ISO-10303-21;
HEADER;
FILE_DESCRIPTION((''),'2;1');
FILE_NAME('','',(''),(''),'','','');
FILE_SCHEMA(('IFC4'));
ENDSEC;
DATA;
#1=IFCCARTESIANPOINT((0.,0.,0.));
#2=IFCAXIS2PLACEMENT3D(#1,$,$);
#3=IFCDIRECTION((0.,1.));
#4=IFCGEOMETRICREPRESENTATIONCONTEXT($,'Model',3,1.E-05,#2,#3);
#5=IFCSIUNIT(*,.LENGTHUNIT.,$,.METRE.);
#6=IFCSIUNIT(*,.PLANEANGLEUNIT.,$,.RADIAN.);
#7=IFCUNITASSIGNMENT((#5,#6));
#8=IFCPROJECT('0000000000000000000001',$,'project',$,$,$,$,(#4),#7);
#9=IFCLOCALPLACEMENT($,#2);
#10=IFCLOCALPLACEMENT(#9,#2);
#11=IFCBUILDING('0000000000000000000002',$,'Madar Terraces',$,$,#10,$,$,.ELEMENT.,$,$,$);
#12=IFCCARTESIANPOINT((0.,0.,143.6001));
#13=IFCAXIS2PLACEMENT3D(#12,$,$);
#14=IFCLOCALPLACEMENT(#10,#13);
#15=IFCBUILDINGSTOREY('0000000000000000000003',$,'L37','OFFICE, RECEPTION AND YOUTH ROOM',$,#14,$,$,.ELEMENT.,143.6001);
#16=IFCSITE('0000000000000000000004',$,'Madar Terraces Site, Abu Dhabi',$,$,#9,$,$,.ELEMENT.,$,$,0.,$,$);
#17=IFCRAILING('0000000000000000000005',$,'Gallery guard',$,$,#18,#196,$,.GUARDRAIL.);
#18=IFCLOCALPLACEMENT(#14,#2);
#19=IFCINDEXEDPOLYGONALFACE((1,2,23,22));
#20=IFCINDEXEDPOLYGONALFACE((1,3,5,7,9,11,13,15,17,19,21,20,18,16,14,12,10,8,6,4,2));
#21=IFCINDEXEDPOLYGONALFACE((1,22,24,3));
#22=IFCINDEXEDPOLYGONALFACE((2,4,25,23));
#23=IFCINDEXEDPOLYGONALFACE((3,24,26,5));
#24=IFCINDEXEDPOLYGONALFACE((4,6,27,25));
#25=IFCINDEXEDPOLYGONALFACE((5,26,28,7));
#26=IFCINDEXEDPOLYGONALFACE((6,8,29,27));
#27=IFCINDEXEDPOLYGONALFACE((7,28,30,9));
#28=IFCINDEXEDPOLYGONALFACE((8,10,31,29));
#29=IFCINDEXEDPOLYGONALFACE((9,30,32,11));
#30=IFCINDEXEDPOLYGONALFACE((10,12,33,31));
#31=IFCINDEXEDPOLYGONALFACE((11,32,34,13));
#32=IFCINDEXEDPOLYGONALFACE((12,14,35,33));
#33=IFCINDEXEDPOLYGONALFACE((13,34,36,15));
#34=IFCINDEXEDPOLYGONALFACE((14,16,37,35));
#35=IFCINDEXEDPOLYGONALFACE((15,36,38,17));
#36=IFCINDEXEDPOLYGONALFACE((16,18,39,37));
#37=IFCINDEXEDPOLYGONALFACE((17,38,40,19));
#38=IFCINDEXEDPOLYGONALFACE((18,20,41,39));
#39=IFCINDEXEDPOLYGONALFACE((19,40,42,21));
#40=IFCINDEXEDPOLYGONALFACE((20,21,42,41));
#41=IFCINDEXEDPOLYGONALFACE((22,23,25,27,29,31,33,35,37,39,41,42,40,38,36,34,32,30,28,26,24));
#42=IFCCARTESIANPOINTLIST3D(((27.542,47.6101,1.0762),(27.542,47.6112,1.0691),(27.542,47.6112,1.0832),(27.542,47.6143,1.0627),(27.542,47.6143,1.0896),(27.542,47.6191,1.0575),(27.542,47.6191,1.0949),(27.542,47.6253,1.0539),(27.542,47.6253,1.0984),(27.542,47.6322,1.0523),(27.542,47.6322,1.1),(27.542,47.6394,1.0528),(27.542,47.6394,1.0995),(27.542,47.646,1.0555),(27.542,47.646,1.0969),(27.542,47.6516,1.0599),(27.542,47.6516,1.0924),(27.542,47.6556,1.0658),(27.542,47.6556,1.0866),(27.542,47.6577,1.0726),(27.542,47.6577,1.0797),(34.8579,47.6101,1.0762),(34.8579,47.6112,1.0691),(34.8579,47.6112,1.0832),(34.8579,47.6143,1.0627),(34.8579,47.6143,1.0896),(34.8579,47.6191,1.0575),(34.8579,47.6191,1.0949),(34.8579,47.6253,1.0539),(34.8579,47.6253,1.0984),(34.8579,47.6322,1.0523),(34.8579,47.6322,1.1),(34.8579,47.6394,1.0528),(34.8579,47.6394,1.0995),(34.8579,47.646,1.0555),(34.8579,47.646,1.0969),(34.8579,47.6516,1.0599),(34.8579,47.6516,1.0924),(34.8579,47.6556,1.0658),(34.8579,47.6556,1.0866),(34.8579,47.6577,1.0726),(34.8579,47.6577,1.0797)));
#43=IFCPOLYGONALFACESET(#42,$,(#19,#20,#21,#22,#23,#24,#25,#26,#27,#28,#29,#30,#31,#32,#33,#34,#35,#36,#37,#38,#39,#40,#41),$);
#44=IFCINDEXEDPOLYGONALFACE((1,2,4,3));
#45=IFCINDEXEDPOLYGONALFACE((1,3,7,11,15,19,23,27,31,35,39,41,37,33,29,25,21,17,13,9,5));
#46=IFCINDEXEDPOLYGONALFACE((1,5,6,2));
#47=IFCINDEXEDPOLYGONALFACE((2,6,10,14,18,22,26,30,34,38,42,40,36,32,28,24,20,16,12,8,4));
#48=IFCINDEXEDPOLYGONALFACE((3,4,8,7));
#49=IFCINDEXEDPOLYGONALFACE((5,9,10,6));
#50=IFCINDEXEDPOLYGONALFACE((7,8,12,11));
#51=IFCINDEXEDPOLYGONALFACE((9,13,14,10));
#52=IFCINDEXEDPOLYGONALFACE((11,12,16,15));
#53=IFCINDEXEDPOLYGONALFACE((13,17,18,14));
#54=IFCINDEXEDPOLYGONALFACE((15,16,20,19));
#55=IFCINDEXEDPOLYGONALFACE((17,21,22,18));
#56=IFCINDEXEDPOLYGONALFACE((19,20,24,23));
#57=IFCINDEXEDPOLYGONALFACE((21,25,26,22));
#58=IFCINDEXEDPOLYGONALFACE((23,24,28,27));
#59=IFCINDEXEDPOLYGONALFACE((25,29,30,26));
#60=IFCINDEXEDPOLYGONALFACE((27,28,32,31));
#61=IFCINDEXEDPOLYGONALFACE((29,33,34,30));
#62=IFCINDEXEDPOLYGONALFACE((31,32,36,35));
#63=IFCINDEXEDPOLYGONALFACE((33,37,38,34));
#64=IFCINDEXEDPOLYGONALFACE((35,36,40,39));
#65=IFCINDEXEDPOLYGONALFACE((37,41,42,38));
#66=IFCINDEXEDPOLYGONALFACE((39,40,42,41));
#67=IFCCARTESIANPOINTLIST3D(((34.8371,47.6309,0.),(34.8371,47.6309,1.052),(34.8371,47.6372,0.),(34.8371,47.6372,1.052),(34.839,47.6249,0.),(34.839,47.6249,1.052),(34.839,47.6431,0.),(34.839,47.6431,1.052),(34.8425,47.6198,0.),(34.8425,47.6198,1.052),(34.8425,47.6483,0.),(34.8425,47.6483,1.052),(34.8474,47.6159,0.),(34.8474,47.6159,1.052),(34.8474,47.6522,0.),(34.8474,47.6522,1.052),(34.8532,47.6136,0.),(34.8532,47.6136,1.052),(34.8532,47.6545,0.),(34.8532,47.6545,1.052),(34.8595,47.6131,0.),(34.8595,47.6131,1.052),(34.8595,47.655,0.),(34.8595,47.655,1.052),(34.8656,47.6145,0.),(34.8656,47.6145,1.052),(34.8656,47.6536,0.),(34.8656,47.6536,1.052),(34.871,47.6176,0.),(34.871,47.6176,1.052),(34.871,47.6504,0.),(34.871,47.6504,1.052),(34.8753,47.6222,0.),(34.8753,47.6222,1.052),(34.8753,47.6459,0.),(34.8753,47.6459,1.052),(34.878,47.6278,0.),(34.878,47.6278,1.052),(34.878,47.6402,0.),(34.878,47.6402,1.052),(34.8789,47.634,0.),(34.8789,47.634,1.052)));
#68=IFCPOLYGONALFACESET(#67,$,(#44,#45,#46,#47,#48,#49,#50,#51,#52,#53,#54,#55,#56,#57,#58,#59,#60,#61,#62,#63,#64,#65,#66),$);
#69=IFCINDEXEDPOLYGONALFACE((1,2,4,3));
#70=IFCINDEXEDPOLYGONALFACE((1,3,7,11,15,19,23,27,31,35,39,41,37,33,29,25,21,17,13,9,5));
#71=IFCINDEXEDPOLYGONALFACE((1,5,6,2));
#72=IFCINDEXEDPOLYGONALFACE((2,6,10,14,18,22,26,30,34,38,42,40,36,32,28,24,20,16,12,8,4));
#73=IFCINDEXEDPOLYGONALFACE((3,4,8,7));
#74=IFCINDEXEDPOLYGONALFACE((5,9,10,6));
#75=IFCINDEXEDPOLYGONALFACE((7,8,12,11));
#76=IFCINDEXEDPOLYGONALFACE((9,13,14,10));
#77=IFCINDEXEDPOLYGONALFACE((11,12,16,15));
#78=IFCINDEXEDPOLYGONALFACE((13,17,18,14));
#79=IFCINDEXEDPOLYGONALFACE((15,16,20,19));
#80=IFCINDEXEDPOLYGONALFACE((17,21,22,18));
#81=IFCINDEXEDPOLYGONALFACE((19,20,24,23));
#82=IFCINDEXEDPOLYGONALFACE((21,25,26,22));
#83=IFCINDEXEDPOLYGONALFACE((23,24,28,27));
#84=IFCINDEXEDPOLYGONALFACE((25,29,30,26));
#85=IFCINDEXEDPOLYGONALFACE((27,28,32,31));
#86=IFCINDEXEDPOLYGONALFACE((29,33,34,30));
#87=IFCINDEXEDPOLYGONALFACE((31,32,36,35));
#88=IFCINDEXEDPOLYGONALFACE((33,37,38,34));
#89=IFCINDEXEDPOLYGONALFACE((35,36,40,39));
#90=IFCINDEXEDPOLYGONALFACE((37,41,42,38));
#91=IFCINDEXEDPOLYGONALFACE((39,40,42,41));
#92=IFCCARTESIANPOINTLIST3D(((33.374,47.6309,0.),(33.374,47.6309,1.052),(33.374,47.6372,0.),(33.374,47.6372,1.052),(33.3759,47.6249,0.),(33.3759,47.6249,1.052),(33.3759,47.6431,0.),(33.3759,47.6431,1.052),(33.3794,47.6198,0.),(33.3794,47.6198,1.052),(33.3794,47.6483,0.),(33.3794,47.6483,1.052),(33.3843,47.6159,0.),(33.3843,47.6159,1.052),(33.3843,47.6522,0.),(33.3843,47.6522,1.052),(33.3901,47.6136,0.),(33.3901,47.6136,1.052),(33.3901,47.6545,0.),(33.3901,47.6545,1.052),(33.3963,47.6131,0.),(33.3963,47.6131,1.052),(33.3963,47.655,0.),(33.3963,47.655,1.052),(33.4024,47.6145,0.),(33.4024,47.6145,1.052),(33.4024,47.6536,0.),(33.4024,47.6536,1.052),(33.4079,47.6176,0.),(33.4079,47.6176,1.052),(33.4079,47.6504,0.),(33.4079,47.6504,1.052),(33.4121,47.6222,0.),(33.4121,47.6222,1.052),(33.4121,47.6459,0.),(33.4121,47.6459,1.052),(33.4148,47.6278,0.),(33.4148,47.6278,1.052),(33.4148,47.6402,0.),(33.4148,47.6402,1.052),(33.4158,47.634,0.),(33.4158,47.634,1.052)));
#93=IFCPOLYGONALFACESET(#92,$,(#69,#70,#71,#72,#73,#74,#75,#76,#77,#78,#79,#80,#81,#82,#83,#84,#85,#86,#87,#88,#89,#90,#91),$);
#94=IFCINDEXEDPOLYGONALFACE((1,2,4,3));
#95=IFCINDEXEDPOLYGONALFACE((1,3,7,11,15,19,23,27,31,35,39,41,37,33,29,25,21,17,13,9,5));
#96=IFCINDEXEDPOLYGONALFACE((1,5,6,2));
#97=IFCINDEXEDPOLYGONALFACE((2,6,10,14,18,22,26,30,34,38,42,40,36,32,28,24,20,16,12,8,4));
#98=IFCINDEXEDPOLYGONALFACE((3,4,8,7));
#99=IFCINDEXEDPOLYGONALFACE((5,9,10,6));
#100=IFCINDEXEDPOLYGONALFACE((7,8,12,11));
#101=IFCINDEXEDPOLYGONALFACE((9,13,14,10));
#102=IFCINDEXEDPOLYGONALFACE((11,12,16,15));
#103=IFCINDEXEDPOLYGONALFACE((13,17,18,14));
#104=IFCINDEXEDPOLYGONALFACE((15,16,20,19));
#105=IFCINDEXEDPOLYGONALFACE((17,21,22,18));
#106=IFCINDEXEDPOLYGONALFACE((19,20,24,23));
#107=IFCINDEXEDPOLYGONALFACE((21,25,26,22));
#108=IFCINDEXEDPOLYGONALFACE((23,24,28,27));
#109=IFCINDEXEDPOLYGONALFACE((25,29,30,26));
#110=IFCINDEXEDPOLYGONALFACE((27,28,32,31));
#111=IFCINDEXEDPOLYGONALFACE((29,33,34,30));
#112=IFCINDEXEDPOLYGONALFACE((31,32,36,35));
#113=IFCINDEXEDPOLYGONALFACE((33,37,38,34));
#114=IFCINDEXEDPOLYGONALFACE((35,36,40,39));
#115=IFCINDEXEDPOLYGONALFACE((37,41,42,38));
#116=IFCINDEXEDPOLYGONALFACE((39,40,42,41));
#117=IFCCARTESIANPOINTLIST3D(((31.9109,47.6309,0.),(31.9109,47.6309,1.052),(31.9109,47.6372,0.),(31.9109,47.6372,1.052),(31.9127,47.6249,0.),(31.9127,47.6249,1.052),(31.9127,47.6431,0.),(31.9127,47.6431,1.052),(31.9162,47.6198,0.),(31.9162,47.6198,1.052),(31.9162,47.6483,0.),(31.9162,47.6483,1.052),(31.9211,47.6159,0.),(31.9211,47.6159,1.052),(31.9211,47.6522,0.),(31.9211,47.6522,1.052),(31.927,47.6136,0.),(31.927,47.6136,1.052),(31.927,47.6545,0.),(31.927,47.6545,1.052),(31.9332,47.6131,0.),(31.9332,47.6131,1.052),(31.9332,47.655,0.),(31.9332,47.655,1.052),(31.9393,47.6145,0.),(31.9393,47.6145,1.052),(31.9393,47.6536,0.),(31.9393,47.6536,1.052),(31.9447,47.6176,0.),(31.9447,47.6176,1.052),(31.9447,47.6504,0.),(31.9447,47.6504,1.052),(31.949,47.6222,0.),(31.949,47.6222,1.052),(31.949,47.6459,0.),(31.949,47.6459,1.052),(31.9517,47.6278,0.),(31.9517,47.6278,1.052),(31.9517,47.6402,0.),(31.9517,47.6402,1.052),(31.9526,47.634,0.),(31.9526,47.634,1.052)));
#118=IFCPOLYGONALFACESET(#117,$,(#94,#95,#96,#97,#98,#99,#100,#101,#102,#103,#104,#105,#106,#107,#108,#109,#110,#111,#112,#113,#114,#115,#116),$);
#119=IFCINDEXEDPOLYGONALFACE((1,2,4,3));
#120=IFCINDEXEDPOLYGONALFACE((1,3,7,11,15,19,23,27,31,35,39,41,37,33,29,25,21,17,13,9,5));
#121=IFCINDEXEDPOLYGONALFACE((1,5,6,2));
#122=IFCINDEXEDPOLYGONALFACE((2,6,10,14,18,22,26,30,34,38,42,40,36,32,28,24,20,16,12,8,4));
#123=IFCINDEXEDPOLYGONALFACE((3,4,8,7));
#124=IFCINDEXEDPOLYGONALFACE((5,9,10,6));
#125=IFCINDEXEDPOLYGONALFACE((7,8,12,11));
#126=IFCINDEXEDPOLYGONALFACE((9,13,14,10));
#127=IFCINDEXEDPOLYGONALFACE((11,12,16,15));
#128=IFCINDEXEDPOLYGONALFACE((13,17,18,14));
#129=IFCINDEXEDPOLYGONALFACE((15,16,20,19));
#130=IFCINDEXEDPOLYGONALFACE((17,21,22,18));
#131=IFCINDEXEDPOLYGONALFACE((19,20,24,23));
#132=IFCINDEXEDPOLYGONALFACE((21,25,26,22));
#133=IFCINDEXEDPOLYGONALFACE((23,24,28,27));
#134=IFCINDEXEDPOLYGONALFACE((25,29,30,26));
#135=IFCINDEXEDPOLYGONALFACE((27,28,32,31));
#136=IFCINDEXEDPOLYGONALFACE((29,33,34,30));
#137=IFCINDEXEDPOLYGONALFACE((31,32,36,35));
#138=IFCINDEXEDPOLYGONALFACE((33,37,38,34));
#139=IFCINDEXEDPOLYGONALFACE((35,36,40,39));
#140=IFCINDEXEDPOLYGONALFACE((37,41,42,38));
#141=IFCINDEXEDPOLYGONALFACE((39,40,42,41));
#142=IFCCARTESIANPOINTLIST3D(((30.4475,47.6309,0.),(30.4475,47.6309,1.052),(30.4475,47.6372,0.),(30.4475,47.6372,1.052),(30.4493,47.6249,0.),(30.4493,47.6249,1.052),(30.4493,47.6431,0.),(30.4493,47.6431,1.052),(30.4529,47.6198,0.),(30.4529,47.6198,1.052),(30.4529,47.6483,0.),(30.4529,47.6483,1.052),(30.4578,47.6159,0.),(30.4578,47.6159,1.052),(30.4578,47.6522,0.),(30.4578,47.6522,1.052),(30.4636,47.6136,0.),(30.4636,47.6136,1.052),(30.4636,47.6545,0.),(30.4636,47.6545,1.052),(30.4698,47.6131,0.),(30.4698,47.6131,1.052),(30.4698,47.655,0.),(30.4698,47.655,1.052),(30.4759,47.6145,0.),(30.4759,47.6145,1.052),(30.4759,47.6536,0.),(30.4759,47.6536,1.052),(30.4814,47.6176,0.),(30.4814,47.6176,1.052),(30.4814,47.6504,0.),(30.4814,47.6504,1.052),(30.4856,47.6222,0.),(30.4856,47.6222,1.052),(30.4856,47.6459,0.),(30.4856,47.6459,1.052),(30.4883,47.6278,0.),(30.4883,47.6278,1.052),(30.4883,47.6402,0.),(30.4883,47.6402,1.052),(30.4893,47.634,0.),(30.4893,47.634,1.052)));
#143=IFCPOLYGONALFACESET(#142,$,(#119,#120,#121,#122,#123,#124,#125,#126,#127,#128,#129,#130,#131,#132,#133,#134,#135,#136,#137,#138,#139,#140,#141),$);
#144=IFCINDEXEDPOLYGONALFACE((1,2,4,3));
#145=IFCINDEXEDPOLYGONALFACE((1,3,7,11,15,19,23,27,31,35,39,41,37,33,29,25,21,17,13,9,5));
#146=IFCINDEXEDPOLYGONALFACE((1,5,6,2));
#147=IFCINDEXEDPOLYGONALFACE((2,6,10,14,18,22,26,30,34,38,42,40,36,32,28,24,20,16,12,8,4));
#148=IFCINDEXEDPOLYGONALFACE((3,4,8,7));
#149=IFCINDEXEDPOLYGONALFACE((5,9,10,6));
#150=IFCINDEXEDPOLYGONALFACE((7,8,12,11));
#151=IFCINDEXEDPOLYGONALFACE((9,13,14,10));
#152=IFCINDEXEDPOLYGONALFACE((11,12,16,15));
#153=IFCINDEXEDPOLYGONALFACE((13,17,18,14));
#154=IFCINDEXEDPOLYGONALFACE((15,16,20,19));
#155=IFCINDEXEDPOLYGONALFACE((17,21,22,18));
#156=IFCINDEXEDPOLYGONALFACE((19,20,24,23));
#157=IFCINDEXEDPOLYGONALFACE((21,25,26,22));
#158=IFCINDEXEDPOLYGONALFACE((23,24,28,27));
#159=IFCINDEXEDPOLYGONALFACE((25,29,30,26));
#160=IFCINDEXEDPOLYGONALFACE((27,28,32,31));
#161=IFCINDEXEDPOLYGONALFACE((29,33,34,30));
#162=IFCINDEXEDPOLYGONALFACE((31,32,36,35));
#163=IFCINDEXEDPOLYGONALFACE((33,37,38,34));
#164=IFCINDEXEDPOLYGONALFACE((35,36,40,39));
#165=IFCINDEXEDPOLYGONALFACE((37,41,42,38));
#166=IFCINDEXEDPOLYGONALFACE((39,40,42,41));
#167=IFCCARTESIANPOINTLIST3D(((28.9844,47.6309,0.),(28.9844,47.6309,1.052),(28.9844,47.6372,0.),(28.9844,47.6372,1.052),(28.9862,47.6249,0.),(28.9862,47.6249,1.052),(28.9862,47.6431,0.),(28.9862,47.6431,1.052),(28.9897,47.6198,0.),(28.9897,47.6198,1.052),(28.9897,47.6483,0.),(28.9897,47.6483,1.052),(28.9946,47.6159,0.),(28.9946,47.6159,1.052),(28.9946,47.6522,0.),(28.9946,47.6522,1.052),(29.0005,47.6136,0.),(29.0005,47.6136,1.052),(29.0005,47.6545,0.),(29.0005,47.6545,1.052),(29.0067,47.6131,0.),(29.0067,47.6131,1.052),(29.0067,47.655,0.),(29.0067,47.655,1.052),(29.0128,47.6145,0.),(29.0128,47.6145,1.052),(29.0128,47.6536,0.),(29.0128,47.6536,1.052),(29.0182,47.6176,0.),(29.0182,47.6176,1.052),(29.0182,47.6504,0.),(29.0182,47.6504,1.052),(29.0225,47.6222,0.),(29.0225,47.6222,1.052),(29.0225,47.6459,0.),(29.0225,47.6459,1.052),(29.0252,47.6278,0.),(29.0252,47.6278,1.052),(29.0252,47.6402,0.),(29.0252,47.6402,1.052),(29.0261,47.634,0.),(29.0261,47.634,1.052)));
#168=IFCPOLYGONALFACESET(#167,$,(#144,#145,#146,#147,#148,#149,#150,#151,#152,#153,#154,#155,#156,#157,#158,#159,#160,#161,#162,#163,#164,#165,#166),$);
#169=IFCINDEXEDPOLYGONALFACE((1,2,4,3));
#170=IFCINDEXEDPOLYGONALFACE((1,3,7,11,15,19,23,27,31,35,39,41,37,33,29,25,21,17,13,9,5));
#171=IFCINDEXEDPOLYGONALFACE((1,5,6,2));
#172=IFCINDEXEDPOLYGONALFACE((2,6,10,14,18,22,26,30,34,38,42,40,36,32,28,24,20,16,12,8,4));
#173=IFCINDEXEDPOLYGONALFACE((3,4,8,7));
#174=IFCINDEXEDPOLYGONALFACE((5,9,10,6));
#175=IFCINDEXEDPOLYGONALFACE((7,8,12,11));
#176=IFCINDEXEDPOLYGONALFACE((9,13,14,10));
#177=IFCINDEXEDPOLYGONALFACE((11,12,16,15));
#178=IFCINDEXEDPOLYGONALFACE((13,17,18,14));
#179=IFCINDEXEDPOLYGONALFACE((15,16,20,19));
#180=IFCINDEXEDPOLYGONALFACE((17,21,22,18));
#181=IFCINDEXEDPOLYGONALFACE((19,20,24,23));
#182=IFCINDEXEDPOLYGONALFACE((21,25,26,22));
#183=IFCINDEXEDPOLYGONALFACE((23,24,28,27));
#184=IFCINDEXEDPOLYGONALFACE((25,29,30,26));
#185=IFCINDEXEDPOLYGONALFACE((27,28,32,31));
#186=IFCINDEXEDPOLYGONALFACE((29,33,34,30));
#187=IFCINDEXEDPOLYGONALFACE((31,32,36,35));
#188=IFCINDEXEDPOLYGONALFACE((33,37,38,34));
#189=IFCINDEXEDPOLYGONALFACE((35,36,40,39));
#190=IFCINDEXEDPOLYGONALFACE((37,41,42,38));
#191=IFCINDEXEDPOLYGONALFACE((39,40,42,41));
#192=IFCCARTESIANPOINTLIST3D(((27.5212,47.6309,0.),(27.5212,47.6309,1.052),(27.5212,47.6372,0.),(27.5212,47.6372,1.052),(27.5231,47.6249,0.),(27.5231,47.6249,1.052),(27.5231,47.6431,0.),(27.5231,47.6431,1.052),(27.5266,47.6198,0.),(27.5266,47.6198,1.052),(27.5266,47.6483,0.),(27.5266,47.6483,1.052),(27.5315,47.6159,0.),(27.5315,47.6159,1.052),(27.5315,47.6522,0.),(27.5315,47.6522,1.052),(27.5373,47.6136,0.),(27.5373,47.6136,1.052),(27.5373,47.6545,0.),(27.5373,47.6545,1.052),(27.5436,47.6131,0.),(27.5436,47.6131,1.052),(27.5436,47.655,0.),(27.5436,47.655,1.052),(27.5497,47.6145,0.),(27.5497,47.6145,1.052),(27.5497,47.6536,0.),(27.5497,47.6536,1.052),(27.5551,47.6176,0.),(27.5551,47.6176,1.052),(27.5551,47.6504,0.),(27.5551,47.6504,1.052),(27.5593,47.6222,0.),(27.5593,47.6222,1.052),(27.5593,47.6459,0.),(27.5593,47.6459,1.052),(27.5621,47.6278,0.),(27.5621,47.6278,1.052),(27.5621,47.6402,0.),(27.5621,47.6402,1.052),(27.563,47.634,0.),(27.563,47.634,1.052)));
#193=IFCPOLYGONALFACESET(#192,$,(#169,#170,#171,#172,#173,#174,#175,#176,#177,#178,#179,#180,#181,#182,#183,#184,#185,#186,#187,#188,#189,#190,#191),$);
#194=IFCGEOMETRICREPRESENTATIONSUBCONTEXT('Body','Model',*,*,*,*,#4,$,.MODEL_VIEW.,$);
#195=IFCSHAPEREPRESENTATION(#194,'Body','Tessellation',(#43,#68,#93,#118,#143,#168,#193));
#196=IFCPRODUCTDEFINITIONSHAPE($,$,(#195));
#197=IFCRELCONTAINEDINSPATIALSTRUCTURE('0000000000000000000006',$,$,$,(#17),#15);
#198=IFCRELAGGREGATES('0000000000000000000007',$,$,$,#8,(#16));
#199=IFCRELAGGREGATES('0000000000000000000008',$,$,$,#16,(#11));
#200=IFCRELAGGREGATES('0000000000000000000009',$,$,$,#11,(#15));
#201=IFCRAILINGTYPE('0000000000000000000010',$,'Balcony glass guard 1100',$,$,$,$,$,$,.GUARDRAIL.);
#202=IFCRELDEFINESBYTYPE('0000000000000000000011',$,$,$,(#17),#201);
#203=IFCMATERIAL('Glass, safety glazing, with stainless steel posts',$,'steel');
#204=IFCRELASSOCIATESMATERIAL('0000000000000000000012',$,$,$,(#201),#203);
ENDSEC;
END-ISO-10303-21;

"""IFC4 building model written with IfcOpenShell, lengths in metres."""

from ifc_helpers import new_model, si_unit, direction, frame, origin, origin_2d, place, context, subcontext, project, spatial, circle, extrude, material, type_object, element, save


model = new_model("IFC4")

# Units and contexts
model_context = context("Model", 3, precision=1e-05, world=origin(), true_north=direction((0.0, 1.0)))
body_context = subcontext(model_context, "Body", "Model", "MODEL_VIEW")
ifc_project = project(units=[si_unit("LENGTHUNIT", "METRE"), si_unit("PLANEANGLEUNIT", "RADIAN")], contexts=[model_context])

# Site, building, storey
site_placement = place(None, origin())
site = spatial("IfcSite", under=ifc_project, at=site_placement, Name="Madar Terraces Site, Abu Dhabi", CompositionType="ELEMENT", RefElevation=0.0)
building_placement = place(site_placement, origin())
building = spatial("IfcBuilding", under=site, at=building_placement, Name="Madar Terraces", CompositionType="ELEMENT")
storey_placement = place(building_placement, frame((0.0, 0.0, 143.6001)))
storey = spatial("IfcBuildingStorey", under=building, at=storey_placement, Name="L37", Description="OFFICE, RECEPTION AND YOUTH ROOM", CompositionType="ELEMENT", Elevation=143.6001)

# Railing
ifc_material_1 = material(Name="Glass, safety glazing, with stainless steel posts", Category="steel")
railing_type = type_object("IfcRailingType", Name="Balcony glass guard 1100", PredefinedType="GUARDRAIL", material=ifc_material_1)
railing_1_placement = place(storey_placement, frame((34.8579, 47.634, 0.0)))
element("IfcRailing", 1, at=railing_1_placement, inside=storey, type_object=railing_type, Name="Gallery guard", PredefinedType="GUARDRAIL", context=body_context, shape_type="SweptSolid", body=[
    extrude(circle(Radius=0.0239, at=origin_2d()), frame((0.0, 0.0, 1.0762), z_axis=(-1.0, 0.0, 0.0), x_axis=(0.0, -1.0, 0.0)), (0.0, 0.0, 1.0), 7.3159),
    extrude(circle(Radius=0.021, at=origin_2d()), origin(), (0.0, 0.0, 1.0), 1.052),
    extrude(circle(Radius=0.021, at=origin_2d()), frame((-1.4631, 0.0, 0.0)), (0.0, 0.0, 1.0), 1.052),
    extrude(circle(Radius=0.021, at=origin_2d()), frame((-2.9263, 0.0, 0.0)), (0.0, 0.0, 1.0), 1.052),
    extrude(circle(Radius=0.021, at=origin_2d()), frame((-4.3896, 0.0, 0.0)), (0.0, 0.0, 1.0), 1.052),
    extrude(circle(Radius=0.021, at=origin_2d()), frame((-5.8528, 0.0, 0.0)), (0.0, 0.0, 1.0), 1.052),
    extrude(circle(Radius=0.021, at=origin_2d()), frame((-7.3159, 0.0, 0.0)), (0.0, 0.0, 1.0), 1.052),
])

save(model, "model.ifc")
